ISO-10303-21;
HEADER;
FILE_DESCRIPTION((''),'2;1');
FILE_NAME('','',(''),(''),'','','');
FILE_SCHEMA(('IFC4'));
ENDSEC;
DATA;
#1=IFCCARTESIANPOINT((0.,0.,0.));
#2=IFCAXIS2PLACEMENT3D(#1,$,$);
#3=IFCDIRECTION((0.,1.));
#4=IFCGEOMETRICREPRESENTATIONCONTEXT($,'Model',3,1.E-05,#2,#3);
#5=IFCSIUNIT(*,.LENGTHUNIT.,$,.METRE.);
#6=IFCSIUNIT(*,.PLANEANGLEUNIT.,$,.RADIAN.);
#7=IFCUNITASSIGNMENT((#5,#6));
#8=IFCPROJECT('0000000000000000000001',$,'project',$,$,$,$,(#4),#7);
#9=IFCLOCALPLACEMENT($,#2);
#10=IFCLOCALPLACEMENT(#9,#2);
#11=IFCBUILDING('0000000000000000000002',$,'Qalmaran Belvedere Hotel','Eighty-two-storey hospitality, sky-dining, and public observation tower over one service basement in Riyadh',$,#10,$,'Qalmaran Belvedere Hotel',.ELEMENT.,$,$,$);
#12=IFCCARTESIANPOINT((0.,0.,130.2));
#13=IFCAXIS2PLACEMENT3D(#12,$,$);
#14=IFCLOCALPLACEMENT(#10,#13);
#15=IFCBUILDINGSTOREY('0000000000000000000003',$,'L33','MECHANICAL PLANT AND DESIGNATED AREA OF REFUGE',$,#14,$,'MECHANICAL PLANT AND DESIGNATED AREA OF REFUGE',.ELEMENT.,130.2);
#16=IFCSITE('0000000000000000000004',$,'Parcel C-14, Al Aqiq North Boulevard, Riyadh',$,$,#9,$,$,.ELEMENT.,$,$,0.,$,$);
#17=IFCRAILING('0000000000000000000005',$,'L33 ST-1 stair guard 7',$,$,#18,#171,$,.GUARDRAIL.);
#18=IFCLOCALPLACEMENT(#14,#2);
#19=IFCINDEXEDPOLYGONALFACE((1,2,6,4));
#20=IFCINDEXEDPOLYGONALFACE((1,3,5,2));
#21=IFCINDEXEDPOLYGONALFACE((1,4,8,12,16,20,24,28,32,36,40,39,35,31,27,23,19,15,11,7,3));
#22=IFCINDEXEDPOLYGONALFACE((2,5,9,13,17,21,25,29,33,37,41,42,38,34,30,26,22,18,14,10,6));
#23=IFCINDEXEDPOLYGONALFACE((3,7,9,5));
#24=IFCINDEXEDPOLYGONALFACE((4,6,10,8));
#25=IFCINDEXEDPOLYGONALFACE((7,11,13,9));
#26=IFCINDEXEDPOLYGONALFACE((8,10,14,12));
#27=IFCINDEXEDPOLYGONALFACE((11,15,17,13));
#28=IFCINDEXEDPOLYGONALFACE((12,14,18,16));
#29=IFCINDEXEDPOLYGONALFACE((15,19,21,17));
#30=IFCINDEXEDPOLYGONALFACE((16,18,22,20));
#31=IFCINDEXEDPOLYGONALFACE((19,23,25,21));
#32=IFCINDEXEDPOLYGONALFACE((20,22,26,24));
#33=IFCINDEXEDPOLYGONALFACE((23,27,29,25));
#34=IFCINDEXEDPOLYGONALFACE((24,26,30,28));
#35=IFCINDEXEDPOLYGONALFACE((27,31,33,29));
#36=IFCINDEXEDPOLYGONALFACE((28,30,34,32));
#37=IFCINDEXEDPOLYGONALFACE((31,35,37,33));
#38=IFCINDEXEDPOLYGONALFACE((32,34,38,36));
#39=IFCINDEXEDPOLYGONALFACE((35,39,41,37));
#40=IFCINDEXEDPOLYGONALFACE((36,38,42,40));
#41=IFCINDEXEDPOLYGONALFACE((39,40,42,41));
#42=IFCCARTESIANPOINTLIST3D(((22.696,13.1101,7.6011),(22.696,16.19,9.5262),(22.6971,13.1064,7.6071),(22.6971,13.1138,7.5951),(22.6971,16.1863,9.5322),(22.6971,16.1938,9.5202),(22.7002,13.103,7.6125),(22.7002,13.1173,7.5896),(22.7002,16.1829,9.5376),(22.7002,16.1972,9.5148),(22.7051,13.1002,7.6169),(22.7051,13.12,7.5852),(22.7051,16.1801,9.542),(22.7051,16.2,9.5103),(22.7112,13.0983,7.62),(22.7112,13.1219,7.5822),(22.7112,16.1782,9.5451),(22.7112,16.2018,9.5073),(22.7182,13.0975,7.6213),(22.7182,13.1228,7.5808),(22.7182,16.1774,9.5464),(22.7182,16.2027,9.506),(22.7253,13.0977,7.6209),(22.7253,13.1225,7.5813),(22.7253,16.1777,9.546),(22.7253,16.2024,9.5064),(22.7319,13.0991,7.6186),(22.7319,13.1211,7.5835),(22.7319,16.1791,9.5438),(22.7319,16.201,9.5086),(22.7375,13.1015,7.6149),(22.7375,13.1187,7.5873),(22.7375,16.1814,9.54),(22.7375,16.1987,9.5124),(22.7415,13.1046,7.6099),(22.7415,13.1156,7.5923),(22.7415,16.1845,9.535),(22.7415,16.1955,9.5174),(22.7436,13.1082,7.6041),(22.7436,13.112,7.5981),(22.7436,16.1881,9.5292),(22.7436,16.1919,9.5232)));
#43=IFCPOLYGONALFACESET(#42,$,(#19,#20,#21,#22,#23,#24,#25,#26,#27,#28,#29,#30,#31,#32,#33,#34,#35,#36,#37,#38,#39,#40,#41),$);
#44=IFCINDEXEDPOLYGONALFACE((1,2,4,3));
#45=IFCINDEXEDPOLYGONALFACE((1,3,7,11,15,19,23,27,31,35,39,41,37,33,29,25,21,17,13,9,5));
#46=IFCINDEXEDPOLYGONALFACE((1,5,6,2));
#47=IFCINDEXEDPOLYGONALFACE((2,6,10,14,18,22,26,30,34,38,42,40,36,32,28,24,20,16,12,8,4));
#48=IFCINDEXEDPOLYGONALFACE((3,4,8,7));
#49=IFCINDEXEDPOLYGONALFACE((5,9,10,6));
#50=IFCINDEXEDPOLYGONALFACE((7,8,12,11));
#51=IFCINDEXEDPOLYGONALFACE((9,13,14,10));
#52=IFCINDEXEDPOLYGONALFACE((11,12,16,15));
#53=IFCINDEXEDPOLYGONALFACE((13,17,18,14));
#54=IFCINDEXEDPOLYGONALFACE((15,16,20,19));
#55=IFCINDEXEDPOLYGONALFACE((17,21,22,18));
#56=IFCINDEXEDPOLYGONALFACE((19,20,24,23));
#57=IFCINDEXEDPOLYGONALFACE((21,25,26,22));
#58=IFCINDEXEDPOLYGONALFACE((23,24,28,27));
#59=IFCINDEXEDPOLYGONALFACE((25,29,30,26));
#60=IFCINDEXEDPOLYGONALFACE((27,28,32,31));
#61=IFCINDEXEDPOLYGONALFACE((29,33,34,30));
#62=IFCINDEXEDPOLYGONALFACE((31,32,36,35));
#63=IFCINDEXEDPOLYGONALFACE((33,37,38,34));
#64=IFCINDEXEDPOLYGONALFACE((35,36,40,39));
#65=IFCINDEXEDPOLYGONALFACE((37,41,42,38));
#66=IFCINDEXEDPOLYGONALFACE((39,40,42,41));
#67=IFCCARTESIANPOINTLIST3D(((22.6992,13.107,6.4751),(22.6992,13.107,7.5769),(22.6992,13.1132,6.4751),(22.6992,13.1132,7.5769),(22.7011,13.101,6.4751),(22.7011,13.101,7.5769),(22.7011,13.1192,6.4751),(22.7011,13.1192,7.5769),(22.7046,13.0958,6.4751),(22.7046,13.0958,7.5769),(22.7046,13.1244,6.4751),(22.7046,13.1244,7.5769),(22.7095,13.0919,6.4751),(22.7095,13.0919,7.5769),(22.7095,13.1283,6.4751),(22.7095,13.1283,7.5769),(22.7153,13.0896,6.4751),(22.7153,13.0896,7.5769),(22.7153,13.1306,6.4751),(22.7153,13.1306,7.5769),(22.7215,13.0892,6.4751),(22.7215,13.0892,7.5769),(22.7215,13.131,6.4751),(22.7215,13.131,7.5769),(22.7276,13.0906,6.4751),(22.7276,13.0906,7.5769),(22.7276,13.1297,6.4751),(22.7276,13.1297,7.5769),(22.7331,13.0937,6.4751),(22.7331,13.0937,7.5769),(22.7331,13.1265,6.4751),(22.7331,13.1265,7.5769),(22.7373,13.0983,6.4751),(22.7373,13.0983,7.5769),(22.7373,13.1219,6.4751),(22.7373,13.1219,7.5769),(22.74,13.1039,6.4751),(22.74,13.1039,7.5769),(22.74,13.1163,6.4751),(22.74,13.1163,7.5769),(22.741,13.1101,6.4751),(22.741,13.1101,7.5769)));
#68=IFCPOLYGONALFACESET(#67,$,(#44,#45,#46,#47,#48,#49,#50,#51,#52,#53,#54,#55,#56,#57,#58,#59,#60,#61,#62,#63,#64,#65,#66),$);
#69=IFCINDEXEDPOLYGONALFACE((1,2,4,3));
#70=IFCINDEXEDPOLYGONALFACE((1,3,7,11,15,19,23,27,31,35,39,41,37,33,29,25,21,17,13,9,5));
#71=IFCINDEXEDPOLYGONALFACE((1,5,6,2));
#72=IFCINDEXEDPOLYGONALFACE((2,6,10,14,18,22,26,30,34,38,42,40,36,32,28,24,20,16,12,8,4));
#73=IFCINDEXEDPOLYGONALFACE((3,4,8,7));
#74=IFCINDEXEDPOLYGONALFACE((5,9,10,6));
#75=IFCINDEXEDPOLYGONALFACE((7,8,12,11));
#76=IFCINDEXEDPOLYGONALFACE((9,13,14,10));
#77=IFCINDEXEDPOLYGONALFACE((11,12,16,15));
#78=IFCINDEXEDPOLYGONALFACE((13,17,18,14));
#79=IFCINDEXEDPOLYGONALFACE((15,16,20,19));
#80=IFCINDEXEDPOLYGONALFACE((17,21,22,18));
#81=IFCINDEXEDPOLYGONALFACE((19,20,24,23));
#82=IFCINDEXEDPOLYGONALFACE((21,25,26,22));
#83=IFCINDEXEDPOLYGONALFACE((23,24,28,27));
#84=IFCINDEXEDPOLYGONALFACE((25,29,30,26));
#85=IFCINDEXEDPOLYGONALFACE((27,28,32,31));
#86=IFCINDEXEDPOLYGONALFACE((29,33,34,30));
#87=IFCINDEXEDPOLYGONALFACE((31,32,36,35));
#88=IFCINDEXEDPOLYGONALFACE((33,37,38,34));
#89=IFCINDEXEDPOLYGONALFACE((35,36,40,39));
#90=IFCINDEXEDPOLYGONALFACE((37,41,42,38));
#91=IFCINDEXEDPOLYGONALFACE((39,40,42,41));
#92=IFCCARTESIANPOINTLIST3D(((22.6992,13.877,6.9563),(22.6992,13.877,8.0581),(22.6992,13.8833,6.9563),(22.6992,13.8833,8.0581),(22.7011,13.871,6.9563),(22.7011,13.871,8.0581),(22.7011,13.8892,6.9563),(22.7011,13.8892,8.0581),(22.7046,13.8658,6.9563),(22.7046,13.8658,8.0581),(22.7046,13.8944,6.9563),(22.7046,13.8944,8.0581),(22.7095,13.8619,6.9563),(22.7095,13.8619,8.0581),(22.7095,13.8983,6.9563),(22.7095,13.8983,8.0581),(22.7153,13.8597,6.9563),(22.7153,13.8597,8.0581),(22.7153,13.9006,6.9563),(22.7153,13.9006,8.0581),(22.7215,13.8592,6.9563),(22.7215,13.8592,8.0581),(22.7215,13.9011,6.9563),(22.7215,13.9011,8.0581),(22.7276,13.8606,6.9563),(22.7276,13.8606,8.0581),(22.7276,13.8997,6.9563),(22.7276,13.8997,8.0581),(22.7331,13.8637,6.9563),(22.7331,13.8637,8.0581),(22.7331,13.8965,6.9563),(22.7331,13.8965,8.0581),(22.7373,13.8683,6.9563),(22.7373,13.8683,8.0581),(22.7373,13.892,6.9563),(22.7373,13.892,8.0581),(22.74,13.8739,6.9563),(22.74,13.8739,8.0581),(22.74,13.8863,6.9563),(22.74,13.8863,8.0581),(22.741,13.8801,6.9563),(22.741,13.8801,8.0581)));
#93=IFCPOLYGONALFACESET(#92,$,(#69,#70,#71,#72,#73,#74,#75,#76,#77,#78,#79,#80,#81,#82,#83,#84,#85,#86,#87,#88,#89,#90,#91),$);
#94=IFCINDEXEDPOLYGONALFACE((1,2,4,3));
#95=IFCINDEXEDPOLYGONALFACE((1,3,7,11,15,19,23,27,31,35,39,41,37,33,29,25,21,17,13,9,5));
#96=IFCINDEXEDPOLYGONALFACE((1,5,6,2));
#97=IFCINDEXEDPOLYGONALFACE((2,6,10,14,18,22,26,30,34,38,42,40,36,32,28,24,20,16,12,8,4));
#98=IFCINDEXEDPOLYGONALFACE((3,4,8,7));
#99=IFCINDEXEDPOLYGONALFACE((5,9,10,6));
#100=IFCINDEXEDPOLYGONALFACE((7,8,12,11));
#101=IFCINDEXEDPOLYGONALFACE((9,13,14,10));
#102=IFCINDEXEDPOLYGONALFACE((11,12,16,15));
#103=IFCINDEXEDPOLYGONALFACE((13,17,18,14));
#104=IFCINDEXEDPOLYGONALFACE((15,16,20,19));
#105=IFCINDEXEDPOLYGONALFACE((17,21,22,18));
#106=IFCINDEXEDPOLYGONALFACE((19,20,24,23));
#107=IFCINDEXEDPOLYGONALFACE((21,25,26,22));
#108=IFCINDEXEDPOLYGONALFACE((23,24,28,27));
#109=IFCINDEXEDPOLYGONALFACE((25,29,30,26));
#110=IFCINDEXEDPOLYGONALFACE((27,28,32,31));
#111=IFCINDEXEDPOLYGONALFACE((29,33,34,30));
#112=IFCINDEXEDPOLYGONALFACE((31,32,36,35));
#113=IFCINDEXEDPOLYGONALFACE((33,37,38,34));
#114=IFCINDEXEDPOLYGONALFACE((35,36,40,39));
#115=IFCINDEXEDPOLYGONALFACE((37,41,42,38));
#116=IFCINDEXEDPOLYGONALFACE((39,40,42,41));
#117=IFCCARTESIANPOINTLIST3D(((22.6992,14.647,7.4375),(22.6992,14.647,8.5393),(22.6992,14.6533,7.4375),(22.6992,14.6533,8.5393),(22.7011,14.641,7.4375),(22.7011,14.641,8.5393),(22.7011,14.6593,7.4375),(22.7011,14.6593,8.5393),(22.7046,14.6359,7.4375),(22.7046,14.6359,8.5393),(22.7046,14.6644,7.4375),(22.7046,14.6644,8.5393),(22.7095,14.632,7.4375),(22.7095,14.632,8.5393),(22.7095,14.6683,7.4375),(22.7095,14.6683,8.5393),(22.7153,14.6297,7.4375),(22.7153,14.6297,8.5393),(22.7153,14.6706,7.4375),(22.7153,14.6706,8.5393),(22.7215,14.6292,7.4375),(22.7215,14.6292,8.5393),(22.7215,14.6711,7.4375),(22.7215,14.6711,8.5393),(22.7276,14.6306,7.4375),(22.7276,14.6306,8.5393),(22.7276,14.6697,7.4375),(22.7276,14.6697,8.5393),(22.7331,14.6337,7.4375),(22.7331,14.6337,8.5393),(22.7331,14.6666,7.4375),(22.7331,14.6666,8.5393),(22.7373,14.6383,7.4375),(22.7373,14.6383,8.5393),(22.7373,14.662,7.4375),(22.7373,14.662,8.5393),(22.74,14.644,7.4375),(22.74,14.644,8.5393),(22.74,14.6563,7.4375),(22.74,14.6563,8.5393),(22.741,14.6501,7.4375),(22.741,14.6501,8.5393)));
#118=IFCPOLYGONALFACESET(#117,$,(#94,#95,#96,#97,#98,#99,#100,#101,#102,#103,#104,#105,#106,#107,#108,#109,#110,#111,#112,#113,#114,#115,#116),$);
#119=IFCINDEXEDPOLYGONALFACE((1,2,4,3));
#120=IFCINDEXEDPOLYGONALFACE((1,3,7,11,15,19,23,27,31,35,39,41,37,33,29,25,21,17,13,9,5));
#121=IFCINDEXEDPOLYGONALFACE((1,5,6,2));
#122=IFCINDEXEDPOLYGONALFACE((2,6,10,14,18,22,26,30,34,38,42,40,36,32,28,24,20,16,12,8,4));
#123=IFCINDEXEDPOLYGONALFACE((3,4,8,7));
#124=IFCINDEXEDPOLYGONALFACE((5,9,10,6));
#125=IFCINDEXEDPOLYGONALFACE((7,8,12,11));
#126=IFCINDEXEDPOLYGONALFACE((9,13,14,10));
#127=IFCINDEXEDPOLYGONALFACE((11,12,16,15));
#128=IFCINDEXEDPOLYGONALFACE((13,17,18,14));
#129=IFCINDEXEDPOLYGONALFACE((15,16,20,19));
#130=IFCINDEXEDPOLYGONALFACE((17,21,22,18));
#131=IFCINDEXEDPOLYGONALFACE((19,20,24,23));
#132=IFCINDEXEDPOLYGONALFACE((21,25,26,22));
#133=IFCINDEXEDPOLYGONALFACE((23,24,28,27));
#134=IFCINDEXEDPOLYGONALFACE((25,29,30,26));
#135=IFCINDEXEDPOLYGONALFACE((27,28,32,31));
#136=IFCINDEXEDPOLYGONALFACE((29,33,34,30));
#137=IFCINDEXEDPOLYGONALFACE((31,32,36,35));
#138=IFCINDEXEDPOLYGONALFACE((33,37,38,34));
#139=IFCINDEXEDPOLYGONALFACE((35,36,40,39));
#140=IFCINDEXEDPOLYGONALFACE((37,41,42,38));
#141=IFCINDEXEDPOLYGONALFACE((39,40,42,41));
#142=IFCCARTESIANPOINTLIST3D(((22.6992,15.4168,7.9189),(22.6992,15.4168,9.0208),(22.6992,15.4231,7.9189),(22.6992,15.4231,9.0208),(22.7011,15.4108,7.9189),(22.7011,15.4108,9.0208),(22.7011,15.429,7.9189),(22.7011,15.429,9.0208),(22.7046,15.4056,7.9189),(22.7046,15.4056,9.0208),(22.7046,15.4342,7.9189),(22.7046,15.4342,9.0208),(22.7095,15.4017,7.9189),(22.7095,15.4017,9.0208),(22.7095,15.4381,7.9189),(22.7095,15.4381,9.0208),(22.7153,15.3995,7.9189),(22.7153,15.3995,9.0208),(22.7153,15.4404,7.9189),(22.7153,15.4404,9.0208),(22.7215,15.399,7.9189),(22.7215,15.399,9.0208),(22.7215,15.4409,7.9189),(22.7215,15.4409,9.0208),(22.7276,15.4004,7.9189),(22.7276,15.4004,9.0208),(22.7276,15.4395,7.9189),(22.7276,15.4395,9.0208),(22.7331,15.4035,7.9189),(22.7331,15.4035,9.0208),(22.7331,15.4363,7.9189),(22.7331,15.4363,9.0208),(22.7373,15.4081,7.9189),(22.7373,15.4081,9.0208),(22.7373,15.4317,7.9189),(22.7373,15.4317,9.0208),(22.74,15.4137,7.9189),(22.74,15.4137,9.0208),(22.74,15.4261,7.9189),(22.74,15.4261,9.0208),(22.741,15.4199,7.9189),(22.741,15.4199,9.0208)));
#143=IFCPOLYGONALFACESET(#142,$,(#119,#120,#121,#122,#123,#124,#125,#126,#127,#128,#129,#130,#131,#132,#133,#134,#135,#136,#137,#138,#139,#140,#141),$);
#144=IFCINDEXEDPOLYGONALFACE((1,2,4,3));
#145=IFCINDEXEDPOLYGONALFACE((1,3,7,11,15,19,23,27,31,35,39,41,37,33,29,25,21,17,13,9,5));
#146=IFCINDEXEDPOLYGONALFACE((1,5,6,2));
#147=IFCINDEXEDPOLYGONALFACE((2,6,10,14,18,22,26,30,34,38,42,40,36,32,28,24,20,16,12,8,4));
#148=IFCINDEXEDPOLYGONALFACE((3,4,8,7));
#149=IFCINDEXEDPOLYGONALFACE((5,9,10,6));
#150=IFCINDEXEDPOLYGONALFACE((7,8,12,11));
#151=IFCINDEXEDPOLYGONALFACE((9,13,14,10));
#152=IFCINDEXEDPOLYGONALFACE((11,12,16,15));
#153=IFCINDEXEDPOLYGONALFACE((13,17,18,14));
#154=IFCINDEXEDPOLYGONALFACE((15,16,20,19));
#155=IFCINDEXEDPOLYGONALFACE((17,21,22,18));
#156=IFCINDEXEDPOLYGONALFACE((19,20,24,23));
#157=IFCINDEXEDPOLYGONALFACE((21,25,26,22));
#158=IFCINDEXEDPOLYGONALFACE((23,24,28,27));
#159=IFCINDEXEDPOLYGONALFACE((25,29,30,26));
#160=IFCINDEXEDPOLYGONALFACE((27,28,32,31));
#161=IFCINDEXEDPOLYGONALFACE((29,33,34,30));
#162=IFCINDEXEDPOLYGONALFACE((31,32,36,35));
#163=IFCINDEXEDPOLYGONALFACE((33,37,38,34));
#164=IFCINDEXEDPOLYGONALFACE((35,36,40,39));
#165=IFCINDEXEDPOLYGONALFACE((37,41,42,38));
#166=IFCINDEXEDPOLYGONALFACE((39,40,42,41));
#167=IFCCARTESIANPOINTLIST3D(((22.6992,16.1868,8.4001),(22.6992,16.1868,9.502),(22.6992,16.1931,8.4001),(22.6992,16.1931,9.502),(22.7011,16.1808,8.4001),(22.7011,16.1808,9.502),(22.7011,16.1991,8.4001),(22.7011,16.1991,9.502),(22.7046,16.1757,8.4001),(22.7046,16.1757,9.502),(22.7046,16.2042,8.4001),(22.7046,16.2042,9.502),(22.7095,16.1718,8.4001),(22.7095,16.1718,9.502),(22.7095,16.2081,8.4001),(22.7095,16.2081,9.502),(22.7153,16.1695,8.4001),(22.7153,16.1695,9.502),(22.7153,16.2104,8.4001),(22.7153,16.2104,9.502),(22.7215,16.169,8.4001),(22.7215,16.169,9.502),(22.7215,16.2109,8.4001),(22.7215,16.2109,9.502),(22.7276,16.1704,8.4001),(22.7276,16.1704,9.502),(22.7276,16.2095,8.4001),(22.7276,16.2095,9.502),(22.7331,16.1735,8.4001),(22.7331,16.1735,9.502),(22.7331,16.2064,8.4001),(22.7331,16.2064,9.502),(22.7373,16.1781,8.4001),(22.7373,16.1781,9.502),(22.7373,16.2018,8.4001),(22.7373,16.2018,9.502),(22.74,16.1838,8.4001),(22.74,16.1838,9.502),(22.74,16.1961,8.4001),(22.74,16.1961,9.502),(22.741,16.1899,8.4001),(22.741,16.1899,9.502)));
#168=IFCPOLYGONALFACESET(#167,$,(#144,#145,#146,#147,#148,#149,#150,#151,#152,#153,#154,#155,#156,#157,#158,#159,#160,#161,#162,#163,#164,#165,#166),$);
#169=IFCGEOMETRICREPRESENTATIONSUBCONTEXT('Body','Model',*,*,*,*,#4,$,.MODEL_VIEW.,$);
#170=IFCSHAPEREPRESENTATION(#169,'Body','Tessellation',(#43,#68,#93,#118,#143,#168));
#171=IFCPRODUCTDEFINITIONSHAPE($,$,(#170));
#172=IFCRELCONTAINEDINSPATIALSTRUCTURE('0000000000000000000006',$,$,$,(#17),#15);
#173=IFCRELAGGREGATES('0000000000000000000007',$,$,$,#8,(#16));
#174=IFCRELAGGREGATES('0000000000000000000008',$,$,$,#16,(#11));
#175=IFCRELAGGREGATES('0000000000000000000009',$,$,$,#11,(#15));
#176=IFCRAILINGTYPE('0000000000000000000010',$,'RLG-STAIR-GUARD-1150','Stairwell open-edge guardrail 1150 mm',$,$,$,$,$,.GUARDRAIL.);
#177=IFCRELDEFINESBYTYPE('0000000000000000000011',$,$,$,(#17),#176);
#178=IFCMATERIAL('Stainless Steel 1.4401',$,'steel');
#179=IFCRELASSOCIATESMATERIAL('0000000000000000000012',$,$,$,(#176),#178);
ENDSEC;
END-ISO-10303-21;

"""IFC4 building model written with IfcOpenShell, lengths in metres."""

from ifc_helpers import new_model, si_unit, direction, frame, origin, origin_2d, place, context, subcontext, project, spatial, circle, extrude, material, type_object, element, save


model = new_model("IFC4")

# Units and contexts
model_context = context("Model", 3, precision=1e-05, world=origin(), true_north=direction((0.0, 1.0)))
body_context = subcontext(model_context, "Body", "Model", "MODEL_VIEW")
ifc_project = project(units=[si_unit("LENGTHUNIT", "METRE"), si_unit("PLANEANGLEUNIT", "RADIAN")], contexts=[model_context])

# Site, building, storey
site_placement = place(None, origin())
site = spatial("IfcSite", under=ifc_project, at=site_placement, Name="Parcel C-14, Al Aqiq North Boulevard, Riyadh", CompositionType="ELEMENT", RefElevation=0.0)
building_placement = place(site_placement, origin())
building = spatial("IfcBuilding", under=site, at=building_placement, Name="Qalmaran Belvedere Hotel", Description="Eighty-two-storey hospitality, sky-dining, and public observation tower over one service basement in Riyadh", LongName="Qalmaran Belvedere Hotel", CompositionType="ELEMENT")
storey_placement = place(building_placement, frame((0.0, 0.0, 130.2)))
storey = spatial("IfcBuildingStorey", under=building, at=storey_placement, Name="L33", Description="MECHANICAL PLANT AND DESIGNATED AREA OF REFUGE", LongName="MECHANICAL PLANT AND DESIGNATED AREA OF REFUGE", CompositionType="ELEMENT", Elevation=130.2)

# Railing
ifc_material_1 = material(Name="Stainless Steel 1.4401", Category="steel")
railing_type = type_object("IfcRailingType", Name="RLG-STAIR-GUARD-1150", Description="Stairwell open-edge guardrail 1150 mm", PredefinedType="GUARDRAIL", material=ifc_material_1)
railing_1_placement = place(storey_placement, frame((22.72, 13.1101, 6.4751)))
element("IfcRailing", 1, at=railing_1_placement, inside=storey, type_object=railing_type, Name="L33 ST-1 stair guard 7", PredefinedType="GUARDRAIL", context=body_context, shape_type="SweptSolid", body=[
    extrude(circle(Radius=0.0239, at=origin_2d()), frame((0.0, 0.0, 1.126), z_axis=(0.0, 0.847979, 0.530029), x_axis=(-1.0, 0.0, 0.0)), (0.0, 0.0, 1.0), 3.6321),
    extrude(circle(Radius=0.021, at=origin_2d()), origin(), (0.0, 0.0, 1.0), 1.1018),
    extrude(circle(Radius=0.021, at=origin_2d()), frame((0.0, 0.77, 0.4812)), (0.0, 0.0, 1.0), 1.1018),
    extrude(circle(Radius=0.021, at=origin_2d()), frame((0.0, 1.54, 0.9624)), (0.0, 0.0, 1.0), 1.1018),
    extrude(circle(Radius=0.021, at=origin_2d()), frame((0.0, 2.3098, 1.4438)), (0.0, 0.0, 1.0), 1.1018),
    extrude(circle(Radius=0.021, at=origin_2d()), frame((0.0, 3.0798, 1.925)), (0.0, 0.0, 1.0), 1.1018),
])

save(model, "model.ifc")
